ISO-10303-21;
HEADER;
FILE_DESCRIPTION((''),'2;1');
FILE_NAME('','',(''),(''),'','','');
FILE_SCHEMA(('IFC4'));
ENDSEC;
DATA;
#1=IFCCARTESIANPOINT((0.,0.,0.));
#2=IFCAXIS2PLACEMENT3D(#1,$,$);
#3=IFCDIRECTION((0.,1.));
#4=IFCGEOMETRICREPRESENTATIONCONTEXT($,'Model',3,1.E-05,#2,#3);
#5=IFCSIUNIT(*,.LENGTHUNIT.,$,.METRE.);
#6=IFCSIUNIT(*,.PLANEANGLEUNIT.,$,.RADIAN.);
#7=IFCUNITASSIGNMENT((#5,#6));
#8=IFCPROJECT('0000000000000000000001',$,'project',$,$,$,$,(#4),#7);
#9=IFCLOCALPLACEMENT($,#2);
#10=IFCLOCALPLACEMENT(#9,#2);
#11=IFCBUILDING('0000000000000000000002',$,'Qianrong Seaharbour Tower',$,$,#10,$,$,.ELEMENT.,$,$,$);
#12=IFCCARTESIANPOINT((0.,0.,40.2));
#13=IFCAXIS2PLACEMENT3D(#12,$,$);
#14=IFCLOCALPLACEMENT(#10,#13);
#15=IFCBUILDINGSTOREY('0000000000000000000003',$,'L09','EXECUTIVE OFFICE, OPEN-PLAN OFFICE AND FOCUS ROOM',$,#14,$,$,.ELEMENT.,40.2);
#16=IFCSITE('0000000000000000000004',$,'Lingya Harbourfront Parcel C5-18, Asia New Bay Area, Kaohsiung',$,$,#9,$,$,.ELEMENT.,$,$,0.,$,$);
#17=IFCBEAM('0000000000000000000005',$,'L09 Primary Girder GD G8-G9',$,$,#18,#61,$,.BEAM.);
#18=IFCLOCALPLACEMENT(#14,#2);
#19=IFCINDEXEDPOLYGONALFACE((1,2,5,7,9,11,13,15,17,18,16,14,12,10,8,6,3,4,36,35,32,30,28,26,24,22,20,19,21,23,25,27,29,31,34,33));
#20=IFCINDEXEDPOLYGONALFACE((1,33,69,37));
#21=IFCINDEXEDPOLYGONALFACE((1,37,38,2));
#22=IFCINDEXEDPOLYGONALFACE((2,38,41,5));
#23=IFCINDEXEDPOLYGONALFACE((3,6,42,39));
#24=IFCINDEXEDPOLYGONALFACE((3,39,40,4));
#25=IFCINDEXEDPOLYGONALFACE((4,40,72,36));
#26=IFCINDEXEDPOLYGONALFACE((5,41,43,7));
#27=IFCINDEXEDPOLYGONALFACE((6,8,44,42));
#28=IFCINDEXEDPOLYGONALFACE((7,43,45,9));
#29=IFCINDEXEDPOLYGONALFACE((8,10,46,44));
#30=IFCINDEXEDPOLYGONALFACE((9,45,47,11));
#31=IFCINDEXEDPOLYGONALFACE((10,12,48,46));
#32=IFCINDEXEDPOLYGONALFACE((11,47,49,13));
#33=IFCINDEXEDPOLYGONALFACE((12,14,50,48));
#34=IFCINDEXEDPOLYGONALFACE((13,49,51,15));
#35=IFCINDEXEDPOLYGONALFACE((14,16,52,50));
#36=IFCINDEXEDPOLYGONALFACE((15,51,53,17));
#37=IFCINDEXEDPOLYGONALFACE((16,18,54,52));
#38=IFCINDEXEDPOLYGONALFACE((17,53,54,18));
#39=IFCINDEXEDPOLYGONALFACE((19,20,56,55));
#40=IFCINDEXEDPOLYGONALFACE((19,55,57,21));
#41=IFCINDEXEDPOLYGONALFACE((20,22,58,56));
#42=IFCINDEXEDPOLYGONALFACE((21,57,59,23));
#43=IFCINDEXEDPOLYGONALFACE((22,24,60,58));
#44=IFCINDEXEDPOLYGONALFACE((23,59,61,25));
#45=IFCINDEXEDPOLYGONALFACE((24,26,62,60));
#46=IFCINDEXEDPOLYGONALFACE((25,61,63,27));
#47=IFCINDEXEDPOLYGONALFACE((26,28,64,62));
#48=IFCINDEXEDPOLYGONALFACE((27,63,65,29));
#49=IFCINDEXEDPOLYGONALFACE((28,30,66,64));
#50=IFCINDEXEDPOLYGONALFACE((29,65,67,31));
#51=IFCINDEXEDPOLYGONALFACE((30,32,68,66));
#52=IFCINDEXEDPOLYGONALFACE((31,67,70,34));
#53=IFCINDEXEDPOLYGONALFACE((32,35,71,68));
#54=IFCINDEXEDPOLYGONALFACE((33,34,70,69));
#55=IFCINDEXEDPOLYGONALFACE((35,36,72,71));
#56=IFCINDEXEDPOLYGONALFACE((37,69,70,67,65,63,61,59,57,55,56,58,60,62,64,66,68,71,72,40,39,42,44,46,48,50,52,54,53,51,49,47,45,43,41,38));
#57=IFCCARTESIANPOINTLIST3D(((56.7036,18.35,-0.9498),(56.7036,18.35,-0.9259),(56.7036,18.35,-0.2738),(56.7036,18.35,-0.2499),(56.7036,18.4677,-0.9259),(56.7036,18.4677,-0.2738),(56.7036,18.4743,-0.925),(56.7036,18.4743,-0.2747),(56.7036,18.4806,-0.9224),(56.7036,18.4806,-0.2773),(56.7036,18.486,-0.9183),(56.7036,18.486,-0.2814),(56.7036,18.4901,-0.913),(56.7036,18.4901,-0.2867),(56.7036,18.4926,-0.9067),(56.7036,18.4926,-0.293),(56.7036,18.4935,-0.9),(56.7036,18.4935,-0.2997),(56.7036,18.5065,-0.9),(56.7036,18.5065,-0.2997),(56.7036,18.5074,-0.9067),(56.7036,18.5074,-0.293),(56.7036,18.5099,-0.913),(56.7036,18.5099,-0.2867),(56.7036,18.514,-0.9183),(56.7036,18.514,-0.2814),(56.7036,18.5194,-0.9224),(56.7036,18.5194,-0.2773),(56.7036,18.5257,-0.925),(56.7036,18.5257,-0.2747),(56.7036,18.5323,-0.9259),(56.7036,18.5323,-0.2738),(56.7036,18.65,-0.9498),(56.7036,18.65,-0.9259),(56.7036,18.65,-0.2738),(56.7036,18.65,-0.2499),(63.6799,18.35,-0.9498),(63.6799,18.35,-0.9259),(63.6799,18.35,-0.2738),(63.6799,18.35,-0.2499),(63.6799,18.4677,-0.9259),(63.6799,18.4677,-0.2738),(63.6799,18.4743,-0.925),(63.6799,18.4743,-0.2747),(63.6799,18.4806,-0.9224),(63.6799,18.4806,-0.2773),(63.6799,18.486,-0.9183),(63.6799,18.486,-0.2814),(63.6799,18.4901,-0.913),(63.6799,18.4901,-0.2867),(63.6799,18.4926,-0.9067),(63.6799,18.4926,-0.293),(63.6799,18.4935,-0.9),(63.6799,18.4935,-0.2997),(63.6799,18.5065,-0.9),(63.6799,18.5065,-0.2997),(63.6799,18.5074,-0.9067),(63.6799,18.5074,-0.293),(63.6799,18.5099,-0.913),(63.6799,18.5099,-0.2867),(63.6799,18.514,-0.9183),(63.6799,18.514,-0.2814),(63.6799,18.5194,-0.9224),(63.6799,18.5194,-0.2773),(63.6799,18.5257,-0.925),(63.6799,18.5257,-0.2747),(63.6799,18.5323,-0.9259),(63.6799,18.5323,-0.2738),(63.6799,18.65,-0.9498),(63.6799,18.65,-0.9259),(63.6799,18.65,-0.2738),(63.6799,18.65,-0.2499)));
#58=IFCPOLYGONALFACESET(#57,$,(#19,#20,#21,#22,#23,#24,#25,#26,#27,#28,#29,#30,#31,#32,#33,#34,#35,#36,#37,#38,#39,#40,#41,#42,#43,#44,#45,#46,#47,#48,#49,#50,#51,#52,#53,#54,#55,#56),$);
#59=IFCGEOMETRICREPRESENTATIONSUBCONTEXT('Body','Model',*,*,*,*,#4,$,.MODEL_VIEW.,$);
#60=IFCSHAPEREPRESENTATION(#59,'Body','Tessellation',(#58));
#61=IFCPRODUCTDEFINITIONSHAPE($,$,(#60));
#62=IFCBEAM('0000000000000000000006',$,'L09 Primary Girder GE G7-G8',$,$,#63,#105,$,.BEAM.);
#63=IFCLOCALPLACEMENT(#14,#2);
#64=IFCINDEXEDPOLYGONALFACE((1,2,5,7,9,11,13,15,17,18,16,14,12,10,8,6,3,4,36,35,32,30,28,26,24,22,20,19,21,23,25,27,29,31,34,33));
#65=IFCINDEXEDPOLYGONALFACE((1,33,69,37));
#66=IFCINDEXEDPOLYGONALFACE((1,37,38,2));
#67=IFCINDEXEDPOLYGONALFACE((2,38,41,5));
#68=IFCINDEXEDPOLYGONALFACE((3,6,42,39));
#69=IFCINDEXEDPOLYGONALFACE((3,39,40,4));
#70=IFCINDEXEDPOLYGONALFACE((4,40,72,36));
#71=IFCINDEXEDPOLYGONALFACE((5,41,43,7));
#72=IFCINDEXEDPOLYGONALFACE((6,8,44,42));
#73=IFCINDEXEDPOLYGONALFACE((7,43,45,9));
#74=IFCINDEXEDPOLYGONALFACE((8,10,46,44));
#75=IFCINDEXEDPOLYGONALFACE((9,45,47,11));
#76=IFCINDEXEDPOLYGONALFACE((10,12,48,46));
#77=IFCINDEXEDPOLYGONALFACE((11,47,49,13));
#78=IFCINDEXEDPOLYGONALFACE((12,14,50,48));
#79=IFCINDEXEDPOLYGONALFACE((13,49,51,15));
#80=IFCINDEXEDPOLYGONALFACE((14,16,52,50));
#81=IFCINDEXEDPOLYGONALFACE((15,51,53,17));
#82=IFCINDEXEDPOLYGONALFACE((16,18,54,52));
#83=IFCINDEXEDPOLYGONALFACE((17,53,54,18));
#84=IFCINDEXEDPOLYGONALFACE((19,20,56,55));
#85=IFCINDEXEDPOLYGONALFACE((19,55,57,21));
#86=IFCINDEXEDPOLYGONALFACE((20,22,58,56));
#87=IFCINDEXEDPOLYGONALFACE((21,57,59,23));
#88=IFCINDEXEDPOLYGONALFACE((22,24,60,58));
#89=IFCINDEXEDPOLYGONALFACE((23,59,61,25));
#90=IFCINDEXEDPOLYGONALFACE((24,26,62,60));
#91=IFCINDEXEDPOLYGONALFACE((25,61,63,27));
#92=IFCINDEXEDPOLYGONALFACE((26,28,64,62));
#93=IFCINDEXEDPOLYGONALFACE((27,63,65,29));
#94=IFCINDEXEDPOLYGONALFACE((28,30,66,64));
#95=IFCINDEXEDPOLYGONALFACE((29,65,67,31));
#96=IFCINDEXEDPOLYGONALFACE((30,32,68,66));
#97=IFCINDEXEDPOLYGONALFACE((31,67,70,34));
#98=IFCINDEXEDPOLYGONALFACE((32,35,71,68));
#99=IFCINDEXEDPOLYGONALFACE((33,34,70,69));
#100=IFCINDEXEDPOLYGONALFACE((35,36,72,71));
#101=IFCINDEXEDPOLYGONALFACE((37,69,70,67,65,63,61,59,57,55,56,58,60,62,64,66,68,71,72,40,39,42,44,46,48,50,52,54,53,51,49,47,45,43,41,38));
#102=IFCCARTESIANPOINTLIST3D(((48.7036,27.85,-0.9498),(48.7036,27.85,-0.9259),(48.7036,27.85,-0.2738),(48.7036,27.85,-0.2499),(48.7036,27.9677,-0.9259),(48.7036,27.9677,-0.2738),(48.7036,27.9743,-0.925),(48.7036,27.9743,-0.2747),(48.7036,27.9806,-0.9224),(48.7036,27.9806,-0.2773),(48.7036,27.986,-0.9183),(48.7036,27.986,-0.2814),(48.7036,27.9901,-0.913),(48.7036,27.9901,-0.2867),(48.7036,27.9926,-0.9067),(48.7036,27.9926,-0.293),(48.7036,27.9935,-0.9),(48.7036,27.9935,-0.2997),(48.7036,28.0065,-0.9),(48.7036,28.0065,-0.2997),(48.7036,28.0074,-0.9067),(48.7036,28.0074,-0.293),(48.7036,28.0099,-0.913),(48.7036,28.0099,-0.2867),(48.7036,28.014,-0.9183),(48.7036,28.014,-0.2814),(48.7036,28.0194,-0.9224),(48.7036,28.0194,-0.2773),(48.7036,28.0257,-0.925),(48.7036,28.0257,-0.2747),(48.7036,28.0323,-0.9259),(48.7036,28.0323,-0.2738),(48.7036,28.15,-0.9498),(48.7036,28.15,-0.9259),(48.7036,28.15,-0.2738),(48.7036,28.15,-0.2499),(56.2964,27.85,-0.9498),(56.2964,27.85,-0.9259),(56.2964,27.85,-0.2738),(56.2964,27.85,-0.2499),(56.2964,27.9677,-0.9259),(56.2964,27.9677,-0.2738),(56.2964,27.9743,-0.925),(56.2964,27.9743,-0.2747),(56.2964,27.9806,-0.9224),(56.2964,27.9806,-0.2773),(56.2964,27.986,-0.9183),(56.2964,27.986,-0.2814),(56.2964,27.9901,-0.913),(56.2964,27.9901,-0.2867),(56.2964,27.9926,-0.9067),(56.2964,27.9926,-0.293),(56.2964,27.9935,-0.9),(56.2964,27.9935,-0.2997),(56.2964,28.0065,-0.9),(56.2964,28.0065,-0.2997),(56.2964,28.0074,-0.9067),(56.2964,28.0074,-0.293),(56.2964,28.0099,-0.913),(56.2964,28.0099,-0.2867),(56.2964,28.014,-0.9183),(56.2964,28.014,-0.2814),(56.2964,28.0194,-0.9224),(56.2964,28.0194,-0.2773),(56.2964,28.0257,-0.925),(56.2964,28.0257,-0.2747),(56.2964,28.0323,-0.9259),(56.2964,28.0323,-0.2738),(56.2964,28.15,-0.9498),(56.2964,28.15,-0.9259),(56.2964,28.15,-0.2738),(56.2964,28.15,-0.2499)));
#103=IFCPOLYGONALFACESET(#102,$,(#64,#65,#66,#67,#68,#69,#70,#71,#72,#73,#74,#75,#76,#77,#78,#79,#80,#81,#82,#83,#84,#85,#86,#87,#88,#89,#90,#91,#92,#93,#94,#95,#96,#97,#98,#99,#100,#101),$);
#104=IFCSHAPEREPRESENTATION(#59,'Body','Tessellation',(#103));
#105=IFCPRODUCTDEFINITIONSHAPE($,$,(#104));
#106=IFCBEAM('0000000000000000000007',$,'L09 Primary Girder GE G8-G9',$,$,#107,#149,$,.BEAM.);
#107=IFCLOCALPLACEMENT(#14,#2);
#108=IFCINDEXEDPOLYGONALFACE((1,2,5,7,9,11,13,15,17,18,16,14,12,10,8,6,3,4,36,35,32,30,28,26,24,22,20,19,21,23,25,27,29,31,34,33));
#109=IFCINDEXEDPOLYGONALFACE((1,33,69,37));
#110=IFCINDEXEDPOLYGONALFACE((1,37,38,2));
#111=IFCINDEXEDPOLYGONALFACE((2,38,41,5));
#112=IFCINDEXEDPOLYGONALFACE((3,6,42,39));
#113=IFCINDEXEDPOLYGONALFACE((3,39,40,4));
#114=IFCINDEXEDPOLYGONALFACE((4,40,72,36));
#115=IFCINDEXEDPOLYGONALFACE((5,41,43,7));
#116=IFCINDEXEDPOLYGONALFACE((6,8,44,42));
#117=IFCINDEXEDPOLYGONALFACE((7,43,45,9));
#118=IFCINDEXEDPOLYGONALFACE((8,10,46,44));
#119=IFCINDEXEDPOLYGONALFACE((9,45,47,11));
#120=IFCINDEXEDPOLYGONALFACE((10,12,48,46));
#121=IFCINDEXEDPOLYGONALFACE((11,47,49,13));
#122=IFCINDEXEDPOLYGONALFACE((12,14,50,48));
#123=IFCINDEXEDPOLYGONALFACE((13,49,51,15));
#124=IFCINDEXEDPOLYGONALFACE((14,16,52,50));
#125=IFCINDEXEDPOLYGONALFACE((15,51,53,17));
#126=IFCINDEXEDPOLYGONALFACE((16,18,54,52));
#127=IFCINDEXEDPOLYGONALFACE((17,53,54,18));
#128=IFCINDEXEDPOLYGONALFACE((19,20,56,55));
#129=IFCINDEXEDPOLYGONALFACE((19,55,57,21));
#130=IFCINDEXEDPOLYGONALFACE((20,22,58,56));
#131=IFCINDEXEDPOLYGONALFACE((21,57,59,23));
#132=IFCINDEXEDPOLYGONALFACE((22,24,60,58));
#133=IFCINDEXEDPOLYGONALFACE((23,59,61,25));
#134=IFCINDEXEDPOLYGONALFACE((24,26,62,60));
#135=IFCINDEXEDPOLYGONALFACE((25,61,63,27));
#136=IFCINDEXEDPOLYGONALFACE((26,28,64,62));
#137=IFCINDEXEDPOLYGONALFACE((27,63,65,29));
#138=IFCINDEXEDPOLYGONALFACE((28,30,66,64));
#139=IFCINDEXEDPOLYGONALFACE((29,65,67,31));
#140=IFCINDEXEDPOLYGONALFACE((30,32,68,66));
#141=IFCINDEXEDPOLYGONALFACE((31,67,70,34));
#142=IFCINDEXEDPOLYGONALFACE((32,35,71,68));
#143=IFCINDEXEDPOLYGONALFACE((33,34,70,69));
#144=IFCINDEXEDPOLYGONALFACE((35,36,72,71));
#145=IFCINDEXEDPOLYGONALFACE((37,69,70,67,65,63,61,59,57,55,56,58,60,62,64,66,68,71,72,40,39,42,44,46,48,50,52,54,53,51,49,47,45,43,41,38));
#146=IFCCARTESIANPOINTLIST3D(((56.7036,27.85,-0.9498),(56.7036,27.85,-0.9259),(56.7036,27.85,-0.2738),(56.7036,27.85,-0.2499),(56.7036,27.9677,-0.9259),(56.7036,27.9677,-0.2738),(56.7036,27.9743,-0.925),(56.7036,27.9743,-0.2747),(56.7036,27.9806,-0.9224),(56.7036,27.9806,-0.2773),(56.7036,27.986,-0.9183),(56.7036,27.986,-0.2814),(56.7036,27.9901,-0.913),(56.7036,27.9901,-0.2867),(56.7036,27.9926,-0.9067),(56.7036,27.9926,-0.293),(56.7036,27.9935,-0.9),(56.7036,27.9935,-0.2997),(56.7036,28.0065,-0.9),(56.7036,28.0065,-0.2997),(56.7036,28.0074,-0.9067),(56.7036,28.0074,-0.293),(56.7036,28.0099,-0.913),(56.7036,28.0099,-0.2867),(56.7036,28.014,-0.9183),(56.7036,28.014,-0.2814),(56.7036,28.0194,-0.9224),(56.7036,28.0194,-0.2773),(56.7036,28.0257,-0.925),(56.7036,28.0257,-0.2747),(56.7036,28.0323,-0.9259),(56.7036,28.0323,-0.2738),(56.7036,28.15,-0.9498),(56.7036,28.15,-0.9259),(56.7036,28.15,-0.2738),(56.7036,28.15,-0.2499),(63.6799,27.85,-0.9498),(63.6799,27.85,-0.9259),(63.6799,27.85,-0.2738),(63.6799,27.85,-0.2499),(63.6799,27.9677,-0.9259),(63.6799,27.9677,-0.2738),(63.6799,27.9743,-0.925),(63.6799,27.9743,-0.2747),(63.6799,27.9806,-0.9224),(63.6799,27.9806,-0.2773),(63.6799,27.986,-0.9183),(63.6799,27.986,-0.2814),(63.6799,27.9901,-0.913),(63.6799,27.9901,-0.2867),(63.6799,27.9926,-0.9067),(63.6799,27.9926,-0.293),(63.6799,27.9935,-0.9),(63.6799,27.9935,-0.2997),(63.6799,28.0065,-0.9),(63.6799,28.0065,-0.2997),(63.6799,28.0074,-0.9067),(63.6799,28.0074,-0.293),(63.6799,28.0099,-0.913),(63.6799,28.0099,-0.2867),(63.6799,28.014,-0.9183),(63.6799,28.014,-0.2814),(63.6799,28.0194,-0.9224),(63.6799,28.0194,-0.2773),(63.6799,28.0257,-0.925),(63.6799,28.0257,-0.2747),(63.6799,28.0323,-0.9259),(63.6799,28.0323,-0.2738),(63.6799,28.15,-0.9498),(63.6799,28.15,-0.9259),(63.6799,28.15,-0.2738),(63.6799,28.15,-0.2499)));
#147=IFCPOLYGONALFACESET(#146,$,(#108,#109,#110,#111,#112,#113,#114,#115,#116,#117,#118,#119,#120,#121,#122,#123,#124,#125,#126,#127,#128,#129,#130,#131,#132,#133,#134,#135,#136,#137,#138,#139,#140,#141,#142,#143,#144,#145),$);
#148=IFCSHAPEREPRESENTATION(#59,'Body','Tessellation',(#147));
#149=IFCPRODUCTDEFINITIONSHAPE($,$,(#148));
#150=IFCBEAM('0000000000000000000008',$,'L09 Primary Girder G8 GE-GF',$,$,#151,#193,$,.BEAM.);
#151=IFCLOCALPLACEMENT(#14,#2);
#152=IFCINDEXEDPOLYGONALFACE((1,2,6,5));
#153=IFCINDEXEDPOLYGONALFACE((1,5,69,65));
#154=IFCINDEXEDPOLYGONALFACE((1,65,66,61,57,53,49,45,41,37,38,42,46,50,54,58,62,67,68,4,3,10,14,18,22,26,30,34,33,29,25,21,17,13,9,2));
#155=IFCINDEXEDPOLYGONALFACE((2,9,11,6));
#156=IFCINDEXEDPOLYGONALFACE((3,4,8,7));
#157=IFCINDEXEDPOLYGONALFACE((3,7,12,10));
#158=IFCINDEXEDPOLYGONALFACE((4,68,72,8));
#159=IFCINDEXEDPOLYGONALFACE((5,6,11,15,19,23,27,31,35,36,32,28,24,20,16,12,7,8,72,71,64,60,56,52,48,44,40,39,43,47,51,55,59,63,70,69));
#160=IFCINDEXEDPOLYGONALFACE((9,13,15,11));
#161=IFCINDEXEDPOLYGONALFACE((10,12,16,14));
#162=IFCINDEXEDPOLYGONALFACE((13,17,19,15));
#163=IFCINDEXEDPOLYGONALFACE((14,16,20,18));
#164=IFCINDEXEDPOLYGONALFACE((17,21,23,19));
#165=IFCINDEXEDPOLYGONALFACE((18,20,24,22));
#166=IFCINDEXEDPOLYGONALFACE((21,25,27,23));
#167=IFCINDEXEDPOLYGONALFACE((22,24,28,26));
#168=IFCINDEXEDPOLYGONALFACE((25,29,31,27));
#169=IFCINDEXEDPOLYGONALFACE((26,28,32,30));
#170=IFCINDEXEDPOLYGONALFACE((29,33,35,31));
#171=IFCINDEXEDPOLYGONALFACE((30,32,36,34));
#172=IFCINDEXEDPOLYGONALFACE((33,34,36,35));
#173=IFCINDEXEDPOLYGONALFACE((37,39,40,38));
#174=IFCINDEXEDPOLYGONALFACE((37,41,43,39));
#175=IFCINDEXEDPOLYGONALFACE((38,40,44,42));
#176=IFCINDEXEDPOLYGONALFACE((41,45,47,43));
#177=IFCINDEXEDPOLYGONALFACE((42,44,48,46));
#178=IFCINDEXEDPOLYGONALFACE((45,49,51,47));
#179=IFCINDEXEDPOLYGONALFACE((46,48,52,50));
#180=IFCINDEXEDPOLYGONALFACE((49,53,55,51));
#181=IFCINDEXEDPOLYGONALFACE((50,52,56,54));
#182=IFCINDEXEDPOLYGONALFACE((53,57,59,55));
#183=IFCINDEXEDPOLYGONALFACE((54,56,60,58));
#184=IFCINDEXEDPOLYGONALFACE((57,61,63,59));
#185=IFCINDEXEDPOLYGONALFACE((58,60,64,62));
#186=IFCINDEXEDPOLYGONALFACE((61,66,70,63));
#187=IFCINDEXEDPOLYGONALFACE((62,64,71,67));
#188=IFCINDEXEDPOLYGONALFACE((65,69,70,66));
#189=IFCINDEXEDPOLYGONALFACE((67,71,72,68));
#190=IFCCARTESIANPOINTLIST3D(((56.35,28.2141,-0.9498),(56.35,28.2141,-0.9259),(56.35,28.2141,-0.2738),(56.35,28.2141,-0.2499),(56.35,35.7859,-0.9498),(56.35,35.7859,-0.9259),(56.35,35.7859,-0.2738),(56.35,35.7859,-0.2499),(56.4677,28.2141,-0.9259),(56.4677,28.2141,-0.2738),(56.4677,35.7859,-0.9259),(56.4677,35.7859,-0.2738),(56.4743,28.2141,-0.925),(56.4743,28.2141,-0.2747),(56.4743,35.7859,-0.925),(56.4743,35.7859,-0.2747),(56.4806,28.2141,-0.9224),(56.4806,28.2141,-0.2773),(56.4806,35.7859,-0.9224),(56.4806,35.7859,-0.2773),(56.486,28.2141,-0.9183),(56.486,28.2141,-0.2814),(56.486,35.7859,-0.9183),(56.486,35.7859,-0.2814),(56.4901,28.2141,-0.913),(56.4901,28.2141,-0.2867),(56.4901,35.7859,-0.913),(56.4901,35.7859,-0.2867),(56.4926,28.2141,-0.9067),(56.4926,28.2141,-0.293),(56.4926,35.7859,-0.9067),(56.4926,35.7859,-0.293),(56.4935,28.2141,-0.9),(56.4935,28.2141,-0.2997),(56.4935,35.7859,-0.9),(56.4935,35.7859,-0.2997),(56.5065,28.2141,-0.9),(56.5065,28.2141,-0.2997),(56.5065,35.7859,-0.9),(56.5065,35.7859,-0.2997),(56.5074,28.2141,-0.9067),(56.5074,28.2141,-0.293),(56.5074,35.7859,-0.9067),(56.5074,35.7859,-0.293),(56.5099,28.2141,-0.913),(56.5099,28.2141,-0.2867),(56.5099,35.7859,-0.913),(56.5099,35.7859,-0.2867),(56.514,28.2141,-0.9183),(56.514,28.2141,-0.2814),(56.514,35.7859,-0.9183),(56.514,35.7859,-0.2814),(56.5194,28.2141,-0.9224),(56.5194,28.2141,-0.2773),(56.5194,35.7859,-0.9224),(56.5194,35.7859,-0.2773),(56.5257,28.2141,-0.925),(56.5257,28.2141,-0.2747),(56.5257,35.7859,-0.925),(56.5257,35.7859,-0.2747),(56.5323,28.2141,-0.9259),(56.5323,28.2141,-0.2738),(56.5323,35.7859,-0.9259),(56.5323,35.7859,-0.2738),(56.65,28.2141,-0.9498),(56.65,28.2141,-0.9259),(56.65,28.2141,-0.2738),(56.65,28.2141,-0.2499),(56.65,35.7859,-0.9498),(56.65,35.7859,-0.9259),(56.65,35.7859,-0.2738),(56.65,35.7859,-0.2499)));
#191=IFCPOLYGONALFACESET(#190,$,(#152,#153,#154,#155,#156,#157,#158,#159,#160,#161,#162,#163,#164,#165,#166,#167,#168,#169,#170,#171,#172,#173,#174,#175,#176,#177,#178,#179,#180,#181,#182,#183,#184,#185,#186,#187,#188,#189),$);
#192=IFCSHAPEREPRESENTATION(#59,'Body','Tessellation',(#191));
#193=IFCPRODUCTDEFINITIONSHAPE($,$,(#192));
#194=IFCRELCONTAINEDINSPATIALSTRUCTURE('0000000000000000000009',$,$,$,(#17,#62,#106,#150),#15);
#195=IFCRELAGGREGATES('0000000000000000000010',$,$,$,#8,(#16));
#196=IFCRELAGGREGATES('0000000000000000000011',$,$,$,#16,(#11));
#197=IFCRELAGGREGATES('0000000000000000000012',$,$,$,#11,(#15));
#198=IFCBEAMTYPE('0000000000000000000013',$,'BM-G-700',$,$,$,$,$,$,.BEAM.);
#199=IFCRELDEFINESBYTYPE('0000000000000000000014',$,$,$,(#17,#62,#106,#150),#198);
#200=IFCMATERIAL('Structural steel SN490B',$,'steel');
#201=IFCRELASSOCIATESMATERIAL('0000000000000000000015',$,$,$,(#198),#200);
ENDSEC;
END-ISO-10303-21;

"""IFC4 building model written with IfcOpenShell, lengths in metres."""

from ifc_helpers import new_model, si_unit, direction, frame, origin, origin_2d, place, context, subcontext, project, spatial, i_section, extrude, material, material_profile, profile_set, type_object, element, save


model = new_model("IFC4")

# Units and contexts
model_context = context("Model", 3, precision=1e-05, world=origin(), true_north=direction((0.0, 1.0)))
body_context = subcontext(model_context, "Body", "Model", "MODEL_VIEW")
ifc_project = project(units=[si_unit("LENGTHUNIT", "METRE"), si_unit("PLANEANGLEUNIT", "RADIAN")], contexts=[model_context])

# Site, building, storey
site_placement = place(None, origin())
site = spatial("IfcSite", under=ifc_project, at=site_placement, Name="Lingya Harbourfront Parcel C5-18, Asia New Bay Area, Kaohsiung", CompositionType="ELEMENT", RefElevation=0.0)
building_placement = place(site_placement, origin())
building = spatial("IfcBuilding", under=site, at=building_placement, Name="Qianrong Seaharbour Tower", CompositionType="ELEMENT")
storey_placement = place(building_placement, frame((0.0, 0.0, 40.2)))
storey = spatial("IfcBuildingStorey", under=building, at=storey_placement, Name="L09", Description="EXECUTIVE OFFICE, OPEN-PLAN OFFICE AND FOCUS ROOM", CompositionType="ELEMENT", Elevation=40.2)

# Shared definitions
ifc_material_1 = material(Name="Structural steel SN490B", Category="steel")

# Beams
ifc_material_profile_1 = material_profile(ifc_material_1, i_section(OverallWidth=0.3, OverallDepth=0.7, WebThickness=0.0129, FlangeThickness=0.0239, FilletRadius=0.0259, at=origin_2d()), Name="H700x300x13x24")
ifc_profile_set_1 = profile_set([ifc_material_profile_1], Name="Structural steel SN490B")
beam_type_1 = type_object("IfcBeamType", Name="BM-G-700", PredefinedType="BEAM", material=ifc_profile_set_1)
beam_1_placement = place(storey_placement, frame((56.7036, 18.5, -0.5999), z_axis=(1.0, 0.0, 0.0), x_axis=(0.0, 1.0, 0.0)))
element("IfcBeam", 1, at=beam_1_placement, inside=storey, type_object=beam_type_1, Name="L09 Primary Girder GD G8-G9", PredefinedType="BEAM", context=body_context, shape_type="SweptSolid", body=[
    extrude(i_section(OverallWidth=0.3, OverallDepth=0.7, WebThickness=0.0129, FlangeThickness=0.0239, FilletRadius=0.0259, at=origin_2d()), origin(), (0.0, 0.0, 1.0), 6.9763),
])
beam_2_placement = place(storey_placement, frame((48.7036, 28.0, -0.5999), z_axis=(1.0, 0.0, 0.0), x_axis=(0.0, 1.0, 0.0)))
element("IfcBeam", 2, at=beam_2_placement, inside=storey, type_object=beam_type_1, Name="L09 Primary Girder GE G7-G8", PredefinedType="BEAM", context=body_context, shape_type="SweptSolid", body=[
    extrude(i_section(OverallWidth=0.3, OverallDepth=0.7, WebThickness=0.0129, FlangeThickness=0.0239, FilletRadius=0.0259, at=origin_2d()), origin(), (0.0, 0.0, 1.0), 7.5928),
])
beam_3_placement = place(storey_placement, frame((56.7036, 28.0, -0.5999), z_axis=(1.0, 0.0, 0.0), x_axis=(0.0, 1.0, 0.0)))
element("IfcBeam", 3, at=beam_3_placement, inside=storey, type_object=beam_type_1, Name="L09 Primary Girder GE G8-G9", PredefinedType="BEAM", context=body_context, shape_type="SweptSolid", body=[
    extrude(i_section(OverallWidth=0.3, OverallDepth=0.7, WebThickness=0.0129, FlangeThickness=0.0239, FilletRadius=0.0259, at=origin_2d()), origin(), (0.0, 0.0, 1.0), 6.9763),
])
beam_4_placement = place(storey_placement, frame((56.5, 28.2141, -0.5999), z_axis=(0.0, 1.0, 0.0), x_axis=(-1.0, 0.0, 0.0)))
element("IfcBeam", 4, at=beam_4_placement, inside=storey, type_object=beam_type_1, Name="L09 Primary Girder G8 GE-GF", PredefinedType="BEAM", context=body_context, shape_type="SweptSolid", body=[
    extrude(i_section(OverallWidth=0.3, OverallDepth=0.7, WebThickness=0.0129, FlangeThickness=0.0239, FilletRadius=0.0259, at=origin_2d()), origin(), (0.0, 0.0, 1.0), 7.5718),
])

save(model, "model.ifc")
